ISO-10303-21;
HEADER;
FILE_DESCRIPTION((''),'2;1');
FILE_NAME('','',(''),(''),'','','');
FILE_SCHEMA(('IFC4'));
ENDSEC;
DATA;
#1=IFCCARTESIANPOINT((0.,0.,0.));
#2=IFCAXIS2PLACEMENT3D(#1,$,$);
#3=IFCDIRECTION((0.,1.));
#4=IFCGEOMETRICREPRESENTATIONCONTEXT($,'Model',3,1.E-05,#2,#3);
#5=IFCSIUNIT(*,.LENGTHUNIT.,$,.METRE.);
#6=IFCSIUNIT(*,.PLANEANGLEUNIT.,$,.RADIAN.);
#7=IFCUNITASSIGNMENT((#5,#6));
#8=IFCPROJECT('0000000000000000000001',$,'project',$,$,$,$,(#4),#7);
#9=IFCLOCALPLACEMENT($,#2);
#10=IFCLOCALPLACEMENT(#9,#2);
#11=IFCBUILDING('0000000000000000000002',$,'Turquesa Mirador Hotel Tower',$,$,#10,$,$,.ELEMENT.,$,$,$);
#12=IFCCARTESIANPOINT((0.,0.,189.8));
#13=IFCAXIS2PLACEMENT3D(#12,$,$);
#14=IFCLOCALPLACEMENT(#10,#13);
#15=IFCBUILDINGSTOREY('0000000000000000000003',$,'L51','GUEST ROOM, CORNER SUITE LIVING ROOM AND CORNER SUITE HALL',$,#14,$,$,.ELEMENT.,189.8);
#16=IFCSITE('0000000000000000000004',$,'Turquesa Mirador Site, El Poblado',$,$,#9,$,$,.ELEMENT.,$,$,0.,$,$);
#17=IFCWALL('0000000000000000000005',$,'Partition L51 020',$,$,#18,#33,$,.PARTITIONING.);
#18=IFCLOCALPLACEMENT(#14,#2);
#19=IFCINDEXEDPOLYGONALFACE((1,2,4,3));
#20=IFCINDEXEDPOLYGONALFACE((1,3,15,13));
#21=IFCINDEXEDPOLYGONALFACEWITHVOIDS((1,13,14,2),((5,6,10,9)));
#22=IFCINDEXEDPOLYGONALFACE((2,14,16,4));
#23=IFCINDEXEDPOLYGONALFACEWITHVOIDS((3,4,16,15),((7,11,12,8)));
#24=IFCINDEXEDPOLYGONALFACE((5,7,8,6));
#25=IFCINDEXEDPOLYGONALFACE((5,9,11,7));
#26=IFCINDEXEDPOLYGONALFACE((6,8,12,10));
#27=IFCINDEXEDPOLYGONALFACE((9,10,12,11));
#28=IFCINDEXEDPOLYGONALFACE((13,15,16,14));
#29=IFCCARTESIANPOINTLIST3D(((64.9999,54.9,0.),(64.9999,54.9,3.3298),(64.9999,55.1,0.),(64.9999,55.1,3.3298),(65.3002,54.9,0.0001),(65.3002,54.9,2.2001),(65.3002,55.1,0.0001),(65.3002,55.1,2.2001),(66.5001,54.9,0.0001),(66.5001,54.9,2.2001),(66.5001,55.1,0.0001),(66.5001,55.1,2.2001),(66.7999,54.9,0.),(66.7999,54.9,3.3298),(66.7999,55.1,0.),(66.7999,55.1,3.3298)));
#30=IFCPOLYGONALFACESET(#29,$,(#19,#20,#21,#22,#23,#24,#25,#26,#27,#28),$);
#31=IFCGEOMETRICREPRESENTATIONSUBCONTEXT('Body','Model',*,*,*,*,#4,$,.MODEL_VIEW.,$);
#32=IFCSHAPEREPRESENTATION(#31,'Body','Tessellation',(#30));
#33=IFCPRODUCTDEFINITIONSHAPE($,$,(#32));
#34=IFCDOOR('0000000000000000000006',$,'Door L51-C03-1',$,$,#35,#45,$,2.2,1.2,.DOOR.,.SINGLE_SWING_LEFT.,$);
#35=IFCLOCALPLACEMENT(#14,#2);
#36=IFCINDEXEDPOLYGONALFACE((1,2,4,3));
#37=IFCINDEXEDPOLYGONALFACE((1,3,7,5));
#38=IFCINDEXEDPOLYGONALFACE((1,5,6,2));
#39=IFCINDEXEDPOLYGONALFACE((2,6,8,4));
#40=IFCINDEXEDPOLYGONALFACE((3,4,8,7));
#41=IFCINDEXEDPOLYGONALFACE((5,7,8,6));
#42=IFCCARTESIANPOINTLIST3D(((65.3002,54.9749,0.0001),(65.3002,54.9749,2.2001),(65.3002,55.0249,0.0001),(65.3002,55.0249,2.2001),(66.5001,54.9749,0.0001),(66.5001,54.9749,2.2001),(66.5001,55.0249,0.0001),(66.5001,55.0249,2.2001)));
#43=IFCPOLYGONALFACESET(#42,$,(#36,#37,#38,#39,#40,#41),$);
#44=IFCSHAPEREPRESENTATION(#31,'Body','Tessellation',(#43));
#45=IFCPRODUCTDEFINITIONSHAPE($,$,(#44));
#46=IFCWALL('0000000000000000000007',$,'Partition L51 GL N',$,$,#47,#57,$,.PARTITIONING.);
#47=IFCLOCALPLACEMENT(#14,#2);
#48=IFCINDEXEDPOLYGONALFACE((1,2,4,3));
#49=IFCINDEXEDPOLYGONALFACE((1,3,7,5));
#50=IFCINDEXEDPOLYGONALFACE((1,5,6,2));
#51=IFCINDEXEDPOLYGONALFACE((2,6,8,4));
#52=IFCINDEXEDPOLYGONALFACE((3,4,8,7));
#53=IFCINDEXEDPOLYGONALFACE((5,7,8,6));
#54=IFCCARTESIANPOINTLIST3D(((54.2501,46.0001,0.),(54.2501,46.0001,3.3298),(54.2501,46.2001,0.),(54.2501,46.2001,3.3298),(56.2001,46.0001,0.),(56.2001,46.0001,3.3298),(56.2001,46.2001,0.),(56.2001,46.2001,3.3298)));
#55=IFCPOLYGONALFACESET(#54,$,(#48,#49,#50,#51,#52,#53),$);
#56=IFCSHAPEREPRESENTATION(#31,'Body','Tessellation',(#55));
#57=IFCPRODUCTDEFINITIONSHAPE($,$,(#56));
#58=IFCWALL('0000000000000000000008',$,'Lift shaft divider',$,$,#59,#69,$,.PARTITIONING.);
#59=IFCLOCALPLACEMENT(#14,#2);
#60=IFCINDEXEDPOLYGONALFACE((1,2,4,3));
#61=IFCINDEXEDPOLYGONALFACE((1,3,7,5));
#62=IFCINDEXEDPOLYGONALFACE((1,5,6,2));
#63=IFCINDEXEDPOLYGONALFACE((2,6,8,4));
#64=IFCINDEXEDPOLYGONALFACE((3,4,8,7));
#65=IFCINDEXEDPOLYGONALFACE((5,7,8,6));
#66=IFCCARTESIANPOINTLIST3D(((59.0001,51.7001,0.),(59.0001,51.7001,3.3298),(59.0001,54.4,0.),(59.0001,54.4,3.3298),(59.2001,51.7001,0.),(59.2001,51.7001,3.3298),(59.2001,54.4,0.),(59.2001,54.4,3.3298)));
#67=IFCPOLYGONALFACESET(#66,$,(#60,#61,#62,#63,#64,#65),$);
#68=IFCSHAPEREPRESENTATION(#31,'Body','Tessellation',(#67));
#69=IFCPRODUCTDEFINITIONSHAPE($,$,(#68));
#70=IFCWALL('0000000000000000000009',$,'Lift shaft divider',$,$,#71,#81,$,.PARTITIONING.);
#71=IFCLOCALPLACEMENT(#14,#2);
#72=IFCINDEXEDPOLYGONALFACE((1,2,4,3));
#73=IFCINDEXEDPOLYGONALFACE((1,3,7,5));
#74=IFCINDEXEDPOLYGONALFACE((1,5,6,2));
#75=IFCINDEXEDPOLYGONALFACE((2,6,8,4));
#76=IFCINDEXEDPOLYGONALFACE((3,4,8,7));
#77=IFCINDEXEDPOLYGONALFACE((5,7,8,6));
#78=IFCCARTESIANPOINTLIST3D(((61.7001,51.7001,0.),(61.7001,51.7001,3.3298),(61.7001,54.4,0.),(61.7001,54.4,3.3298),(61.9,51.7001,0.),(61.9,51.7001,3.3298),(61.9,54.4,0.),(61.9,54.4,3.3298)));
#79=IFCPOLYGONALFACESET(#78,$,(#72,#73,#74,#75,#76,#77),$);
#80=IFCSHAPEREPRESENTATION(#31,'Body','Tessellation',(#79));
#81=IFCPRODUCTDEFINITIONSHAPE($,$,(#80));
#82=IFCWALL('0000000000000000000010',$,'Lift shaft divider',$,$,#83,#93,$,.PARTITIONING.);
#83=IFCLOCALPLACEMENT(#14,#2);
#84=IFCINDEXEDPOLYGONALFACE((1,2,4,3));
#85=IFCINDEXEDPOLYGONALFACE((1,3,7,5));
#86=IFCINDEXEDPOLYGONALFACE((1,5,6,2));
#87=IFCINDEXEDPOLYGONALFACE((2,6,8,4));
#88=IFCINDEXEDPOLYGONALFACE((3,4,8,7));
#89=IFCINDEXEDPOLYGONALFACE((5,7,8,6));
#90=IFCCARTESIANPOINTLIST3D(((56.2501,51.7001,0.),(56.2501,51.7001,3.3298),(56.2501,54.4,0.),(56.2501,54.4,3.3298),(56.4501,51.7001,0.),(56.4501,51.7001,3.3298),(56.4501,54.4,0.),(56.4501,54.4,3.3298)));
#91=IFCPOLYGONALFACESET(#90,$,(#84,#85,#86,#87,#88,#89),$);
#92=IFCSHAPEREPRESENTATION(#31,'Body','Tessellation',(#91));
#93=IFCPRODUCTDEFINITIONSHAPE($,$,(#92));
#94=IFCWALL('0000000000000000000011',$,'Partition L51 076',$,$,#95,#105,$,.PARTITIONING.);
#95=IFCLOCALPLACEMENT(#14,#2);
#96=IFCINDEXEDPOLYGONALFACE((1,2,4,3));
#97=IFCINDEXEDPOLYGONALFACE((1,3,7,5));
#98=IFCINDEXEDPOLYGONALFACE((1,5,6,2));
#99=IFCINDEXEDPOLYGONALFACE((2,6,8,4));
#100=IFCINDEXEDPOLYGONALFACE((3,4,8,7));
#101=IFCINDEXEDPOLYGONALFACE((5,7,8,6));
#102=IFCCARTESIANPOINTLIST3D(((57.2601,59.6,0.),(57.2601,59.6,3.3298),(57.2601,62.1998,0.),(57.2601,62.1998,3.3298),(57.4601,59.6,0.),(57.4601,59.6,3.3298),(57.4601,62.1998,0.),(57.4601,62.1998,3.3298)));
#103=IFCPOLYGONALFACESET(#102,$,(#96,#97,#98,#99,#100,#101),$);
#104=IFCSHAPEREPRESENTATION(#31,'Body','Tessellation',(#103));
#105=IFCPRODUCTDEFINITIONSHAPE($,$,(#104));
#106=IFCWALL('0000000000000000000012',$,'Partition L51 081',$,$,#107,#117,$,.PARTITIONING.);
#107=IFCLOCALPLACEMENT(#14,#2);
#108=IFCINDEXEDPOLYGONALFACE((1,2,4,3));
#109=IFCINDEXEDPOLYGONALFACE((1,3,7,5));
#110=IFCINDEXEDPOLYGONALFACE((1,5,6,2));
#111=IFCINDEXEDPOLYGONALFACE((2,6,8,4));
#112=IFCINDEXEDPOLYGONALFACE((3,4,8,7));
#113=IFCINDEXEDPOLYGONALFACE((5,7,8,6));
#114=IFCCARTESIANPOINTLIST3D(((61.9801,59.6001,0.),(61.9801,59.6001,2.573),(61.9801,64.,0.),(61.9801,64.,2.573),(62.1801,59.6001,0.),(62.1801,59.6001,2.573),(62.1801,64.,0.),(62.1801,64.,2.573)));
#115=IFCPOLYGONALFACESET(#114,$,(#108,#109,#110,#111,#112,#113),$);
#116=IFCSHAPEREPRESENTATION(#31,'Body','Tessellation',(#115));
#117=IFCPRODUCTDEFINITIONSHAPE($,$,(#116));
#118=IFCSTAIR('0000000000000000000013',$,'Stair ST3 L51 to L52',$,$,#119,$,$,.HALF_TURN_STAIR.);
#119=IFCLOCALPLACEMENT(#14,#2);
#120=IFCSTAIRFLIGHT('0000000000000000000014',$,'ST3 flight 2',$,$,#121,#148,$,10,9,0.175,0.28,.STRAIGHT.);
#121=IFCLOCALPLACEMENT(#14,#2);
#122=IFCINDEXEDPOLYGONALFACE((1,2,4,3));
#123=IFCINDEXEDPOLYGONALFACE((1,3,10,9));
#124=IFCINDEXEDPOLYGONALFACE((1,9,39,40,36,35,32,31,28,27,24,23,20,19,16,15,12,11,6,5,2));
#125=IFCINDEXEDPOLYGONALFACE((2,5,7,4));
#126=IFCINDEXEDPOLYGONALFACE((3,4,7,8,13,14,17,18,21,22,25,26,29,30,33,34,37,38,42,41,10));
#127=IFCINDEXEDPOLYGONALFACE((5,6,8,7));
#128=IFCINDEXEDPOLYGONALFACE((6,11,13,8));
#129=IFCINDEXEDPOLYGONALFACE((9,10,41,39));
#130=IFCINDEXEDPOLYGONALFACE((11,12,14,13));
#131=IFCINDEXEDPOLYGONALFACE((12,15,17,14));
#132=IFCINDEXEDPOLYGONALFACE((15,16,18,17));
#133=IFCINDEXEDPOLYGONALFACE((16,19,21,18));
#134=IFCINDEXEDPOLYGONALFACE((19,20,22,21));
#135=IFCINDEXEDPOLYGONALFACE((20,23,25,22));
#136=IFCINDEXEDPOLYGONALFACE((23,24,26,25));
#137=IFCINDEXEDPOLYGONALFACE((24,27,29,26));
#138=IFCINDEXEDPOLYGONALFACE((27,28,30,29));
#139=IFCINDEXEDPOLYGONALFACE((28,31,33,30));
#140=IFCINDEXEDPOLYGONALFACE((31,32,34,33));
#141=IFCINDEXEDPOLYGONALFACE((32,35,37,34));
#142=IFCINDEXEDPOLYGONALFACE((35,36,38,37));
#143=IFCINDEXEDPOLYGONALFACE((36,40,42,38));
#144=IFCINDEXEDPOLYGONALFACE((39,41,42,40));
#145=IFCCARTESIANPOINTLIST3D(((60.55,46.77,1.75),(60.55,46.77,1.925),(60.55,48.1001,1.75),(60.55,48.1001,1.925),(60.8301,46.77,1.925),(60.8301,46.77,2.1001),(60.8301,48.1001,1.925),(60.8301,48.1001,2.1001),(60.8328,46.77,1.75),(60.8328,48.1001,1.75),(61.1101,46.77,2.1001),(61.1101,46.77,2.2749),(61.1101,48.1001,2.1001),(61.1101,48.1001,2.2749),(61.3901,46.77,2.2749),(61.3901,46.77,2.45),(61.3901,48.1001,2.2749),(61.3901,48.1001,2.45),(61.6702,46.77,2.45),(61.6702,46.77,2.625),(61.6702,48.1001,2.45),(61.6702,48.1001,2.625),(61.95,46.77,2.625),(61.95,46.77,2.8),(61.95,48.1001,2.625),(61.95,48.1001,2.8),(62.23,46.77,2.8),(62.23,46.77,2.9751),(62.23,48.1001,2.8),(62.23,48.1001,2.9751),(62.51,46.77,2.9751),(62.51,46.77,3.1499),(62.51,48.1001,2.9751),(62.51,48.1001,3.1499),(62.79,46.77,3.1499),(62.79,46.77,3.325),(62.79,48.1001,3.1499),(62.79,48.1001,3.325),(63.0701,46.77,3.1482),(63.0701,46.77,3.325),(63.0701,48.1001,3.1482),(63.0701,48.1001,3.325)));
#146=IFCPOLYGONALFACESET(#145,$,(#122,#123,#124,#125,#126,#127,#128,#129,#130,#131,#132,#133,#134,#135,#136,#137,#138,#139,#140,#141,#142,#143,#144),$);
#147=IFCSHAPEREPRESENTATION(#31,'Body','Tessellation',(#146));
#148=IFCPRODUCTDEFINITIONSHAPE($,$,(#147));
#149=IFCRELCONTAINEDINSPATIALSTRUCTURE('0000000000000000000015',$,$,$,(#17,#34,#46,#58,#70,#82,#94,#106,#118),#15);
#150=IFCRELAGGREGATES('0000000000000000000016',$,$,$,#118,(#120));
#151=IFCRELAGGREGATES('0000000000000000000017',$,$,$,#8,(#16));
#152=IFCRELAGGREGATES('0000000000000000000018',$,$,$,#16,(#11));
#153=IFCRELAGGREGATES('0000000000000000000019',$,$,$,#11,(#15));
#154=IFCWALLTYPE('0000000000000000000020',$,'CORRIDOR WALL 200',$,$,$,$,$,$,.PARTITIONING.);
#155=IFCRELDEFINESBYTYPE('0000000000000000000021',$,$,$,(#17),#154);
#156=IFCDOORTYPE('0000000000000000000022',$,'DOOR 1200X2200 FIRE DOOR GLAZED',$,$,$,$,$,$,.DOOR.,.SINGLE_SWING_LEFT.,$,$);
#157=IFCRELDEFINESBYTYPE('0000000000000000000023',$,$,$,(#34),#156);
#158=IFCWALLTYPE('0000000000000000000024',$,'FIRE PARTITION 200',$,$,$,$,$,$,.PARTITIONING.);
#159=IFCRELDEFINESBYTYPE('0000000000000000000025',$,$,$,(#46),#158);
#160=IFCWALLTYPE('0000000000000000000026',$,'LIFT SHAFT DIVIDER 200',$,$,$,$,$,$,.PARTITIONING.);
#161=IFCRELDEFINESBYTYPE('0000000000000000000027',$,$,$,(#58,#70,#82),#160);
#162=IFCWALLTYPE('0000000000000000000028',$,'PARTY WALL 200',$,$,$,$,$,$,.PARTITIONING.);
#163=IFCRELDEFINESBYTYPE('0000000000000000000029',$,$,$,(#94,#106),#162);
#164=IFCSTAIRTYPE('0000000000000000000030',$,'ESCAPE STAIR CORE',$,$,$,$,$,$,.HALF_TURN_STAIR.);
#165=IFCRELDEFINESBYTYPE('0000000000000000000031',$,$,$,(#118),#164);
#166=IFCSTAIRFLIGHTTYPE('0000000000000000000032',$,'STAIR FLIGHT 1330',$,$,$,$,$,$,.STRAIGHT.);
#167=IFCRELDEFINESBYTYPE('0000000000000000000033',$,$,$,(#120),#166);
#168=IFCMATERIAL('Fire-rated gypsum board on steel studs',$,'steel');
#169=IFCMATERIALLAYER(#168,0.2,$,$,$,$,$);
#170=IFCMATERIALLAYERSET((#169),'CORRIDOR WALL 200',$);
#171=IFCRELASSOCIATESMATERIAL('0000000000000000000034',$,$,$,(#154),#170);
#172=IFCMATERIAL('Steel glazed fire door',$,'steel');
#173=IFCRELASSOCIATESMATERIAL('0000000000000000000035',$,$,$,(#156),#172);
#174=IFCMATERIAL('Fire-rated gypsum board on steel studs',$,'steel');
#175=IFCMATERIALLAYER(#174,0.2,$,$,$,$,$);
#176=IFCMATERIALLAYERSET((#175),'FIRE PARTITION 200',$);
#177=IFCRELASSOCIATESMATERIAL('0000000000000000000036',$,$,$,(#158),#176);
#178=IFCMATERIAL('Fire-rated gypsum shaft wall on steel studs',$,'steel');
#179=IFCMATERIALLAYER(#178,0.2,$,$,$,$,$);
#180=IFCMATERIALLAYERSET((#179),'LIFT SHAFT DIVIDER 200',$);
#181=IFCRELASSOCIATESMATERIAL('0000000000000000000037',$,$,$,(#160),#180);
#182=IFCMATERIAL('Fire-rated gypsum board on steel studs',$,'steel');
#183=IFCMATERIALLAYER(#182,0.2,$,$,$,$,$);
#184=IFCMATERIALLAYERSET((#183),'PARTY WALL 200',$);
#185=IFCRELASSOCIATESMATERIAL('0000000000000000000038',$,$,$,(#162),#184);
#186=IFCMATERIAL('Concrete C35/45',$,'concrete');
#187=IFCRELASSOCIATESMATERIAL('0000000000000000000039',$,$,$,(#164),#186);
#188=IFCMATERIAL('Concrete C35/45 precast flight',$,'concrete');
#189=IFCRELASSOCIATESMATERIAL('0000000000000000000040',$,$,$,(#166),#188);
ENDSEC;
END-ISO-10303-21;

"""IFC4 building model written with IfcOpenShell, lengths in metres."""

from ifc_helpers import new_model, si_unit, direction, frame, frame_2d, origin, place, context, subcontext, project, spatial, polyline, rectangle, outline, extrude, material, layer, layer_set, type_object, element, fill, aggregate, save


model = new_model("IFC4")

# Units and contexts
model_context = context("Model", 3, precision=1e-05, world=origin(), true_north=direction((0.0, 1.0)))
body_context = subcontext(model_context, "Body", "Model", "MODEL_VIEW")
ifc_project = project(units=[si_unit("LENGTHUNIT", "METRE"), si_unit("PLANEANGLEUNIT", "RADIAN")], contexts=[model_context])

# Site, building, storey
site_placement = place(None, origin())
site = spatial("IfcSite", under=ifc_project, at=site_placement, Name="Turquesa Mirador Site, El Poblado", CompositionType="ELEMENT", RefElevation=0.0)
building_placement = place(site_placement, origin())
building = spatial("IfcBuilding", under=site, at=building_placement, Name="Turquesa Mirador Hotel Tower", CompositionType="ELEMENT")
storey_placement = place(building_placement, frame((0.0, 0.0, 189.8)))
storey = spatial("IfcBuildingStorey", under=building, at=storey_placement, Name="L51", Description="GUEST ROOM, CORNER SUITE LIVING ROOM AND CORNER SUITE HALL", CompositionType="ELEMENT", Elevation=189.8)

# Wall, opening, door
ifc_material_1 = material(Name="Fire-rated gypsum board on steel studs", Category="steel")
ifc_layer_1 = layer(ifc_material_1, 0.2)
ifc_layer_set_1 = layer_set([ifc_layer_1], Name="CORRIDOR WALL 200")
wall_type_1 = type_object("IfcWallType", Name="CORRIDOR WALL 200", PredefinedType="PARTITIONING", material=ifc_layer_set_1)
wall_1_placement = place(storey_placement, frame((65.0, 55.0, 0.0), z_axis=(0.0, 0.0, 1.0), x_axis=(1.0, 0.0, 0.0)))
wall_1 = element("IfcWall", 1, at=wall_1_placement, inside=storey, type_object=wall_type_1, Name="Partition L51 020", PredefinedType="PARTITIONING", context=body_context, shape_type="SweptSolid", body=[
    extrude(rectangle(XDim=1.8, YDim=0.2, at=frame_2d((0.8999, 0.0))), origin(), (0.0, 0.0, 1.0), 3.3298),
])
opening_1_placement = place(wall_1_placement, frame((0.3, 0.0, 0.0)))
opening_1 = element("IfcOpeningElement", 2, at=opening_1_placement, cuts=wall_1, PredefinedType="OPENING", context=body_context, shape_type="SweptSolid", body=[
    extrude(rectangle(XDim=1.2, YDim=2.2, at=frame_2d((0.6001, 1.1001))), frame((0.0, 0.1099, 0.0), z_axis=(0.0, -1.0, 0.0), x_axis=(1.0, 0.0, 0.0)), (0.0, 0.0, 1.0), 0.22),
])
ifc_material_2 = material(Name="Steel glazed fire door", Category="steel")
door_type_1 = type_object("IfcDoorType", Name="DOOR 1200X2200 FIRE DOOR GLAZED", OperationType="SINGLE_SWING_LEFT", PredefinedType="DOOR", material=ifc_material_2)
door_1_placement = place(opening_1_placement, origin())
door_1 = element("IfcDoor", 3, at=door_1_placement, inside=storey, type_object=door_type_1, Name="Door L51-C03-1", OperationType="SINGLE_SWING_LEFT", OverallHeight=2.2, OverallWidth=1.2, PredefinedType="DOOR", context=body_context, shape_type="SweptSolid", body=[
    extrude(rectangle(XDim=1.2, YDim=2.2, at=frame_2d((0.6001, 1.1001))), frame((0.0, 0.0249, 0.0), z_axis=(0.0, -1.0, 0.0), x_axis=(1.0, 0.0, 0.0)), (0.0, 0.0, 1.0), 0.05),
])
fill(opening_1, door_1)

# Walls
ifc_material_3 = material(Name="Fire-rated gypsum board on steel studs", Category="steel")
ifc_layer_2 = layer(ifc_material_3, 0.2)
ifc_layer_set_2 = layer_set([ifc_layer_2], Name="FIRE PARTITION 200")
wall_type_2 = type_object("IfcWallType", Name="FIRE PARTITION 200", PredefinedType="PARTITIONING", material=ifc_layer_set_2)
wall_2_placement = place(storey_placement, frame((54.25, 46.1001, 0.0), z_axis=(0.0, 0.0, 1.0), x_axis=(1.0, 0.0, 0.0)))
element("IfcWall", 4, at=wall_2_placement, inside=storey, type_object=wall_type_2, Name="Partition L51 GL N", PredefinedType="PARTITIONING", context=body_context, shape_type="SweptSolid", body=[
    extrude(rectangle(XDim=1.95, YDim=0.2, at=frame_2d((0.9751, 0.0))), origin(), (0.0, 0.0, 1.0), 3.3298),
])
ifc_material_4 = material(Name="Fire-rated gypsum shaft wall on steel studs", Category="steel")
ifc_layer_3 = layer(ifc_material_4, 0.2)
ifc_layer_set_3 = layer_set([ifc_layer_3], Name="LIFT SHAFT DIVIDER 200")
wall_type_3 = type_object("IfcWallType", Name="LIFT SHAFT DIVIDER 200", PredefinedType="PARTITIONING", material=ifc_layer_set_3)
for number, where, z_axis, x_axis, name in (
    (5, (59.1001, 51.7, 0.0), (0.0, 0.0, 1.0), (0.0, 1.0, 0.0), "Lift shaft divider"),
    (6, (61.8, 51.7, 0.0), (0.0, 0.0, 1.0), (0.0, 1.0, 0.0), "Lift shaft divider"),
    (7, (56.3501, 51.7, 0.0), (0.0, 0.0, 1.0), (0.0, 1.0, 0.0), "Lift shaft divider"),
):
    element("IfcWall", number, at=place(storey_placement, frame(where, z_axis=z_axis, x_axis=x_axis)), inside=storey, type_object=wall_type_3, Name=name, PredefinedType="PARTITIONING", context=body_context, shape_type="SweptSolid", body=[
        extrude(rectangle(XDim=2.7, YDim=0.2, at=frame_2d((1.3501, 0.0))), origin(), (0.0, 0.0, 1.0), 3.3298),
    ])
ifc_material_5 = material(Name="Fire-rated gypsum board on steel studs", Category="steel")
ifc_layer_4 = layer(ifc_material_5, 0.2)
ifc_layer_set_4 = layer_set([ifc_layer_4], Name="PARTY WALL 200")
wall_type_4 = type_object("IfcWallType", Name="PARTY WALL 200", PredefinedType="PARTITIONING", material=ifc_layer_set_4)
wall_3_placement = place(storey_placement, frame((57.3601, 59.6001, 0.0), z_axis=(0.0, 0.0, 1.0), x_axis=(0.0, 1.0, 0.0)))
element("IfcWall", 8, at=wall_3_placement, inside=storey, type_object=wall_type_4, Name="Partition L51 076", PredefinedType="PARTITIONING", context=body_context, shape_type="SweptSolid", body=[
    extrude(rectangle(XDim=2.5999, YDim=0.2, at=frame_2d((1.2998, 0.0))), origin(), (0.0, 0.0, 1.0), 3.3298),
])
wall_4_placement = place(storey_placement, frame((62.0801, 59.6001, 0.0), z_axis=(0.0, 0.0, 1.0), x_axis=(0.0, 1.0, 0.0)))
element("IfcWall", 9, at=wall_4_placement, inside=storey, type_object=wall_type_4, Name="Partition L51 081", PredefinedType="PARTITIONING", context=body_context, shape_type="SweptSolid", body=[
    extrude(rectangle(XDim=4.3999, YDim=0.2, at=frame_2d((2.2, 0.0))), origin(), (0.0, 0.0, 1.0), 2.573),
])

# Stair, stair flight
ifc_material_6 = material(Name="Concrete C35/45", Category="concrete")
stair_type = type_object("IfcStairType", Name="ESCAPE STAIR CORE", PredefinedType="HALF_TURN_STAIR", material=ifc_material_6)
stair_placement = place(storey_placement, origin())
stair = element("IfcStair", 10, at=stair_placement, inside=storey, type_object=stair_type, Name="Stair ST3 L51 to L52", PredefinedType="HALF_TURN_STAIR")
ifc_material_7 = material(Name="Concrete C35/45 precast flight", Category="concrete")
stair_flight_type = type_object("IfcStairFlightType", Name="STAIR FLIGHT 1330", PredefinedType="STRAIGHT", material=ifc_material_7)
stair_flight_placement = place(storey_placement, frame((60.55, 47.4351, 1.75), z_axis=(0.0, 0.0, 1.0), x_axis=(1.0, 0.0, 0.0)))
stair_flight = element("IfcStairFlight", 11, at=stair_flight_placement, type_object=stair_flight_type, Name="ST3 flight 2", NumberOfRisers=10, NumberOfTreads=9, PredefinedType="STRAIGHT", RiserHeight=0.175, TreadLength=0.28, context=body_context, shape_type="SweptSolid", body=[
    extrude(outline(polyline([(0.0, 0.0), (0.0, 0.175), (0.28, 0.175), (0.28, 0.3501), (0.5601, 0.3501), (0.5601, 0.5249), (0.8401, 0.5249), (0.8401, 0.7), (1.1201, 0.7), (1.1201, 0.875), (1.3999, 0.875), (1.3999, 1.05), (1.6799, 1.05), (1.6799, 1.2251), (1.96, 1.2251), (1.96, 1.3999), (2.24, 1.3999), (2.24, 1.575), (2.52, 1.575), (2.52, 1.75), (2.52, 1.3982), (0.2827, 0.0), (0.0, 0.0)])), frame((0.0, 0.665, 0.0), z_axis=(0.0, -1.0, 0.0), x_axis=(1.0, 0.0, 0.0)), (0.0, 0.0, 1.0), 1.3301),
])
aggregate(stair, [stair_flight])

save(model, "model.ifc")
